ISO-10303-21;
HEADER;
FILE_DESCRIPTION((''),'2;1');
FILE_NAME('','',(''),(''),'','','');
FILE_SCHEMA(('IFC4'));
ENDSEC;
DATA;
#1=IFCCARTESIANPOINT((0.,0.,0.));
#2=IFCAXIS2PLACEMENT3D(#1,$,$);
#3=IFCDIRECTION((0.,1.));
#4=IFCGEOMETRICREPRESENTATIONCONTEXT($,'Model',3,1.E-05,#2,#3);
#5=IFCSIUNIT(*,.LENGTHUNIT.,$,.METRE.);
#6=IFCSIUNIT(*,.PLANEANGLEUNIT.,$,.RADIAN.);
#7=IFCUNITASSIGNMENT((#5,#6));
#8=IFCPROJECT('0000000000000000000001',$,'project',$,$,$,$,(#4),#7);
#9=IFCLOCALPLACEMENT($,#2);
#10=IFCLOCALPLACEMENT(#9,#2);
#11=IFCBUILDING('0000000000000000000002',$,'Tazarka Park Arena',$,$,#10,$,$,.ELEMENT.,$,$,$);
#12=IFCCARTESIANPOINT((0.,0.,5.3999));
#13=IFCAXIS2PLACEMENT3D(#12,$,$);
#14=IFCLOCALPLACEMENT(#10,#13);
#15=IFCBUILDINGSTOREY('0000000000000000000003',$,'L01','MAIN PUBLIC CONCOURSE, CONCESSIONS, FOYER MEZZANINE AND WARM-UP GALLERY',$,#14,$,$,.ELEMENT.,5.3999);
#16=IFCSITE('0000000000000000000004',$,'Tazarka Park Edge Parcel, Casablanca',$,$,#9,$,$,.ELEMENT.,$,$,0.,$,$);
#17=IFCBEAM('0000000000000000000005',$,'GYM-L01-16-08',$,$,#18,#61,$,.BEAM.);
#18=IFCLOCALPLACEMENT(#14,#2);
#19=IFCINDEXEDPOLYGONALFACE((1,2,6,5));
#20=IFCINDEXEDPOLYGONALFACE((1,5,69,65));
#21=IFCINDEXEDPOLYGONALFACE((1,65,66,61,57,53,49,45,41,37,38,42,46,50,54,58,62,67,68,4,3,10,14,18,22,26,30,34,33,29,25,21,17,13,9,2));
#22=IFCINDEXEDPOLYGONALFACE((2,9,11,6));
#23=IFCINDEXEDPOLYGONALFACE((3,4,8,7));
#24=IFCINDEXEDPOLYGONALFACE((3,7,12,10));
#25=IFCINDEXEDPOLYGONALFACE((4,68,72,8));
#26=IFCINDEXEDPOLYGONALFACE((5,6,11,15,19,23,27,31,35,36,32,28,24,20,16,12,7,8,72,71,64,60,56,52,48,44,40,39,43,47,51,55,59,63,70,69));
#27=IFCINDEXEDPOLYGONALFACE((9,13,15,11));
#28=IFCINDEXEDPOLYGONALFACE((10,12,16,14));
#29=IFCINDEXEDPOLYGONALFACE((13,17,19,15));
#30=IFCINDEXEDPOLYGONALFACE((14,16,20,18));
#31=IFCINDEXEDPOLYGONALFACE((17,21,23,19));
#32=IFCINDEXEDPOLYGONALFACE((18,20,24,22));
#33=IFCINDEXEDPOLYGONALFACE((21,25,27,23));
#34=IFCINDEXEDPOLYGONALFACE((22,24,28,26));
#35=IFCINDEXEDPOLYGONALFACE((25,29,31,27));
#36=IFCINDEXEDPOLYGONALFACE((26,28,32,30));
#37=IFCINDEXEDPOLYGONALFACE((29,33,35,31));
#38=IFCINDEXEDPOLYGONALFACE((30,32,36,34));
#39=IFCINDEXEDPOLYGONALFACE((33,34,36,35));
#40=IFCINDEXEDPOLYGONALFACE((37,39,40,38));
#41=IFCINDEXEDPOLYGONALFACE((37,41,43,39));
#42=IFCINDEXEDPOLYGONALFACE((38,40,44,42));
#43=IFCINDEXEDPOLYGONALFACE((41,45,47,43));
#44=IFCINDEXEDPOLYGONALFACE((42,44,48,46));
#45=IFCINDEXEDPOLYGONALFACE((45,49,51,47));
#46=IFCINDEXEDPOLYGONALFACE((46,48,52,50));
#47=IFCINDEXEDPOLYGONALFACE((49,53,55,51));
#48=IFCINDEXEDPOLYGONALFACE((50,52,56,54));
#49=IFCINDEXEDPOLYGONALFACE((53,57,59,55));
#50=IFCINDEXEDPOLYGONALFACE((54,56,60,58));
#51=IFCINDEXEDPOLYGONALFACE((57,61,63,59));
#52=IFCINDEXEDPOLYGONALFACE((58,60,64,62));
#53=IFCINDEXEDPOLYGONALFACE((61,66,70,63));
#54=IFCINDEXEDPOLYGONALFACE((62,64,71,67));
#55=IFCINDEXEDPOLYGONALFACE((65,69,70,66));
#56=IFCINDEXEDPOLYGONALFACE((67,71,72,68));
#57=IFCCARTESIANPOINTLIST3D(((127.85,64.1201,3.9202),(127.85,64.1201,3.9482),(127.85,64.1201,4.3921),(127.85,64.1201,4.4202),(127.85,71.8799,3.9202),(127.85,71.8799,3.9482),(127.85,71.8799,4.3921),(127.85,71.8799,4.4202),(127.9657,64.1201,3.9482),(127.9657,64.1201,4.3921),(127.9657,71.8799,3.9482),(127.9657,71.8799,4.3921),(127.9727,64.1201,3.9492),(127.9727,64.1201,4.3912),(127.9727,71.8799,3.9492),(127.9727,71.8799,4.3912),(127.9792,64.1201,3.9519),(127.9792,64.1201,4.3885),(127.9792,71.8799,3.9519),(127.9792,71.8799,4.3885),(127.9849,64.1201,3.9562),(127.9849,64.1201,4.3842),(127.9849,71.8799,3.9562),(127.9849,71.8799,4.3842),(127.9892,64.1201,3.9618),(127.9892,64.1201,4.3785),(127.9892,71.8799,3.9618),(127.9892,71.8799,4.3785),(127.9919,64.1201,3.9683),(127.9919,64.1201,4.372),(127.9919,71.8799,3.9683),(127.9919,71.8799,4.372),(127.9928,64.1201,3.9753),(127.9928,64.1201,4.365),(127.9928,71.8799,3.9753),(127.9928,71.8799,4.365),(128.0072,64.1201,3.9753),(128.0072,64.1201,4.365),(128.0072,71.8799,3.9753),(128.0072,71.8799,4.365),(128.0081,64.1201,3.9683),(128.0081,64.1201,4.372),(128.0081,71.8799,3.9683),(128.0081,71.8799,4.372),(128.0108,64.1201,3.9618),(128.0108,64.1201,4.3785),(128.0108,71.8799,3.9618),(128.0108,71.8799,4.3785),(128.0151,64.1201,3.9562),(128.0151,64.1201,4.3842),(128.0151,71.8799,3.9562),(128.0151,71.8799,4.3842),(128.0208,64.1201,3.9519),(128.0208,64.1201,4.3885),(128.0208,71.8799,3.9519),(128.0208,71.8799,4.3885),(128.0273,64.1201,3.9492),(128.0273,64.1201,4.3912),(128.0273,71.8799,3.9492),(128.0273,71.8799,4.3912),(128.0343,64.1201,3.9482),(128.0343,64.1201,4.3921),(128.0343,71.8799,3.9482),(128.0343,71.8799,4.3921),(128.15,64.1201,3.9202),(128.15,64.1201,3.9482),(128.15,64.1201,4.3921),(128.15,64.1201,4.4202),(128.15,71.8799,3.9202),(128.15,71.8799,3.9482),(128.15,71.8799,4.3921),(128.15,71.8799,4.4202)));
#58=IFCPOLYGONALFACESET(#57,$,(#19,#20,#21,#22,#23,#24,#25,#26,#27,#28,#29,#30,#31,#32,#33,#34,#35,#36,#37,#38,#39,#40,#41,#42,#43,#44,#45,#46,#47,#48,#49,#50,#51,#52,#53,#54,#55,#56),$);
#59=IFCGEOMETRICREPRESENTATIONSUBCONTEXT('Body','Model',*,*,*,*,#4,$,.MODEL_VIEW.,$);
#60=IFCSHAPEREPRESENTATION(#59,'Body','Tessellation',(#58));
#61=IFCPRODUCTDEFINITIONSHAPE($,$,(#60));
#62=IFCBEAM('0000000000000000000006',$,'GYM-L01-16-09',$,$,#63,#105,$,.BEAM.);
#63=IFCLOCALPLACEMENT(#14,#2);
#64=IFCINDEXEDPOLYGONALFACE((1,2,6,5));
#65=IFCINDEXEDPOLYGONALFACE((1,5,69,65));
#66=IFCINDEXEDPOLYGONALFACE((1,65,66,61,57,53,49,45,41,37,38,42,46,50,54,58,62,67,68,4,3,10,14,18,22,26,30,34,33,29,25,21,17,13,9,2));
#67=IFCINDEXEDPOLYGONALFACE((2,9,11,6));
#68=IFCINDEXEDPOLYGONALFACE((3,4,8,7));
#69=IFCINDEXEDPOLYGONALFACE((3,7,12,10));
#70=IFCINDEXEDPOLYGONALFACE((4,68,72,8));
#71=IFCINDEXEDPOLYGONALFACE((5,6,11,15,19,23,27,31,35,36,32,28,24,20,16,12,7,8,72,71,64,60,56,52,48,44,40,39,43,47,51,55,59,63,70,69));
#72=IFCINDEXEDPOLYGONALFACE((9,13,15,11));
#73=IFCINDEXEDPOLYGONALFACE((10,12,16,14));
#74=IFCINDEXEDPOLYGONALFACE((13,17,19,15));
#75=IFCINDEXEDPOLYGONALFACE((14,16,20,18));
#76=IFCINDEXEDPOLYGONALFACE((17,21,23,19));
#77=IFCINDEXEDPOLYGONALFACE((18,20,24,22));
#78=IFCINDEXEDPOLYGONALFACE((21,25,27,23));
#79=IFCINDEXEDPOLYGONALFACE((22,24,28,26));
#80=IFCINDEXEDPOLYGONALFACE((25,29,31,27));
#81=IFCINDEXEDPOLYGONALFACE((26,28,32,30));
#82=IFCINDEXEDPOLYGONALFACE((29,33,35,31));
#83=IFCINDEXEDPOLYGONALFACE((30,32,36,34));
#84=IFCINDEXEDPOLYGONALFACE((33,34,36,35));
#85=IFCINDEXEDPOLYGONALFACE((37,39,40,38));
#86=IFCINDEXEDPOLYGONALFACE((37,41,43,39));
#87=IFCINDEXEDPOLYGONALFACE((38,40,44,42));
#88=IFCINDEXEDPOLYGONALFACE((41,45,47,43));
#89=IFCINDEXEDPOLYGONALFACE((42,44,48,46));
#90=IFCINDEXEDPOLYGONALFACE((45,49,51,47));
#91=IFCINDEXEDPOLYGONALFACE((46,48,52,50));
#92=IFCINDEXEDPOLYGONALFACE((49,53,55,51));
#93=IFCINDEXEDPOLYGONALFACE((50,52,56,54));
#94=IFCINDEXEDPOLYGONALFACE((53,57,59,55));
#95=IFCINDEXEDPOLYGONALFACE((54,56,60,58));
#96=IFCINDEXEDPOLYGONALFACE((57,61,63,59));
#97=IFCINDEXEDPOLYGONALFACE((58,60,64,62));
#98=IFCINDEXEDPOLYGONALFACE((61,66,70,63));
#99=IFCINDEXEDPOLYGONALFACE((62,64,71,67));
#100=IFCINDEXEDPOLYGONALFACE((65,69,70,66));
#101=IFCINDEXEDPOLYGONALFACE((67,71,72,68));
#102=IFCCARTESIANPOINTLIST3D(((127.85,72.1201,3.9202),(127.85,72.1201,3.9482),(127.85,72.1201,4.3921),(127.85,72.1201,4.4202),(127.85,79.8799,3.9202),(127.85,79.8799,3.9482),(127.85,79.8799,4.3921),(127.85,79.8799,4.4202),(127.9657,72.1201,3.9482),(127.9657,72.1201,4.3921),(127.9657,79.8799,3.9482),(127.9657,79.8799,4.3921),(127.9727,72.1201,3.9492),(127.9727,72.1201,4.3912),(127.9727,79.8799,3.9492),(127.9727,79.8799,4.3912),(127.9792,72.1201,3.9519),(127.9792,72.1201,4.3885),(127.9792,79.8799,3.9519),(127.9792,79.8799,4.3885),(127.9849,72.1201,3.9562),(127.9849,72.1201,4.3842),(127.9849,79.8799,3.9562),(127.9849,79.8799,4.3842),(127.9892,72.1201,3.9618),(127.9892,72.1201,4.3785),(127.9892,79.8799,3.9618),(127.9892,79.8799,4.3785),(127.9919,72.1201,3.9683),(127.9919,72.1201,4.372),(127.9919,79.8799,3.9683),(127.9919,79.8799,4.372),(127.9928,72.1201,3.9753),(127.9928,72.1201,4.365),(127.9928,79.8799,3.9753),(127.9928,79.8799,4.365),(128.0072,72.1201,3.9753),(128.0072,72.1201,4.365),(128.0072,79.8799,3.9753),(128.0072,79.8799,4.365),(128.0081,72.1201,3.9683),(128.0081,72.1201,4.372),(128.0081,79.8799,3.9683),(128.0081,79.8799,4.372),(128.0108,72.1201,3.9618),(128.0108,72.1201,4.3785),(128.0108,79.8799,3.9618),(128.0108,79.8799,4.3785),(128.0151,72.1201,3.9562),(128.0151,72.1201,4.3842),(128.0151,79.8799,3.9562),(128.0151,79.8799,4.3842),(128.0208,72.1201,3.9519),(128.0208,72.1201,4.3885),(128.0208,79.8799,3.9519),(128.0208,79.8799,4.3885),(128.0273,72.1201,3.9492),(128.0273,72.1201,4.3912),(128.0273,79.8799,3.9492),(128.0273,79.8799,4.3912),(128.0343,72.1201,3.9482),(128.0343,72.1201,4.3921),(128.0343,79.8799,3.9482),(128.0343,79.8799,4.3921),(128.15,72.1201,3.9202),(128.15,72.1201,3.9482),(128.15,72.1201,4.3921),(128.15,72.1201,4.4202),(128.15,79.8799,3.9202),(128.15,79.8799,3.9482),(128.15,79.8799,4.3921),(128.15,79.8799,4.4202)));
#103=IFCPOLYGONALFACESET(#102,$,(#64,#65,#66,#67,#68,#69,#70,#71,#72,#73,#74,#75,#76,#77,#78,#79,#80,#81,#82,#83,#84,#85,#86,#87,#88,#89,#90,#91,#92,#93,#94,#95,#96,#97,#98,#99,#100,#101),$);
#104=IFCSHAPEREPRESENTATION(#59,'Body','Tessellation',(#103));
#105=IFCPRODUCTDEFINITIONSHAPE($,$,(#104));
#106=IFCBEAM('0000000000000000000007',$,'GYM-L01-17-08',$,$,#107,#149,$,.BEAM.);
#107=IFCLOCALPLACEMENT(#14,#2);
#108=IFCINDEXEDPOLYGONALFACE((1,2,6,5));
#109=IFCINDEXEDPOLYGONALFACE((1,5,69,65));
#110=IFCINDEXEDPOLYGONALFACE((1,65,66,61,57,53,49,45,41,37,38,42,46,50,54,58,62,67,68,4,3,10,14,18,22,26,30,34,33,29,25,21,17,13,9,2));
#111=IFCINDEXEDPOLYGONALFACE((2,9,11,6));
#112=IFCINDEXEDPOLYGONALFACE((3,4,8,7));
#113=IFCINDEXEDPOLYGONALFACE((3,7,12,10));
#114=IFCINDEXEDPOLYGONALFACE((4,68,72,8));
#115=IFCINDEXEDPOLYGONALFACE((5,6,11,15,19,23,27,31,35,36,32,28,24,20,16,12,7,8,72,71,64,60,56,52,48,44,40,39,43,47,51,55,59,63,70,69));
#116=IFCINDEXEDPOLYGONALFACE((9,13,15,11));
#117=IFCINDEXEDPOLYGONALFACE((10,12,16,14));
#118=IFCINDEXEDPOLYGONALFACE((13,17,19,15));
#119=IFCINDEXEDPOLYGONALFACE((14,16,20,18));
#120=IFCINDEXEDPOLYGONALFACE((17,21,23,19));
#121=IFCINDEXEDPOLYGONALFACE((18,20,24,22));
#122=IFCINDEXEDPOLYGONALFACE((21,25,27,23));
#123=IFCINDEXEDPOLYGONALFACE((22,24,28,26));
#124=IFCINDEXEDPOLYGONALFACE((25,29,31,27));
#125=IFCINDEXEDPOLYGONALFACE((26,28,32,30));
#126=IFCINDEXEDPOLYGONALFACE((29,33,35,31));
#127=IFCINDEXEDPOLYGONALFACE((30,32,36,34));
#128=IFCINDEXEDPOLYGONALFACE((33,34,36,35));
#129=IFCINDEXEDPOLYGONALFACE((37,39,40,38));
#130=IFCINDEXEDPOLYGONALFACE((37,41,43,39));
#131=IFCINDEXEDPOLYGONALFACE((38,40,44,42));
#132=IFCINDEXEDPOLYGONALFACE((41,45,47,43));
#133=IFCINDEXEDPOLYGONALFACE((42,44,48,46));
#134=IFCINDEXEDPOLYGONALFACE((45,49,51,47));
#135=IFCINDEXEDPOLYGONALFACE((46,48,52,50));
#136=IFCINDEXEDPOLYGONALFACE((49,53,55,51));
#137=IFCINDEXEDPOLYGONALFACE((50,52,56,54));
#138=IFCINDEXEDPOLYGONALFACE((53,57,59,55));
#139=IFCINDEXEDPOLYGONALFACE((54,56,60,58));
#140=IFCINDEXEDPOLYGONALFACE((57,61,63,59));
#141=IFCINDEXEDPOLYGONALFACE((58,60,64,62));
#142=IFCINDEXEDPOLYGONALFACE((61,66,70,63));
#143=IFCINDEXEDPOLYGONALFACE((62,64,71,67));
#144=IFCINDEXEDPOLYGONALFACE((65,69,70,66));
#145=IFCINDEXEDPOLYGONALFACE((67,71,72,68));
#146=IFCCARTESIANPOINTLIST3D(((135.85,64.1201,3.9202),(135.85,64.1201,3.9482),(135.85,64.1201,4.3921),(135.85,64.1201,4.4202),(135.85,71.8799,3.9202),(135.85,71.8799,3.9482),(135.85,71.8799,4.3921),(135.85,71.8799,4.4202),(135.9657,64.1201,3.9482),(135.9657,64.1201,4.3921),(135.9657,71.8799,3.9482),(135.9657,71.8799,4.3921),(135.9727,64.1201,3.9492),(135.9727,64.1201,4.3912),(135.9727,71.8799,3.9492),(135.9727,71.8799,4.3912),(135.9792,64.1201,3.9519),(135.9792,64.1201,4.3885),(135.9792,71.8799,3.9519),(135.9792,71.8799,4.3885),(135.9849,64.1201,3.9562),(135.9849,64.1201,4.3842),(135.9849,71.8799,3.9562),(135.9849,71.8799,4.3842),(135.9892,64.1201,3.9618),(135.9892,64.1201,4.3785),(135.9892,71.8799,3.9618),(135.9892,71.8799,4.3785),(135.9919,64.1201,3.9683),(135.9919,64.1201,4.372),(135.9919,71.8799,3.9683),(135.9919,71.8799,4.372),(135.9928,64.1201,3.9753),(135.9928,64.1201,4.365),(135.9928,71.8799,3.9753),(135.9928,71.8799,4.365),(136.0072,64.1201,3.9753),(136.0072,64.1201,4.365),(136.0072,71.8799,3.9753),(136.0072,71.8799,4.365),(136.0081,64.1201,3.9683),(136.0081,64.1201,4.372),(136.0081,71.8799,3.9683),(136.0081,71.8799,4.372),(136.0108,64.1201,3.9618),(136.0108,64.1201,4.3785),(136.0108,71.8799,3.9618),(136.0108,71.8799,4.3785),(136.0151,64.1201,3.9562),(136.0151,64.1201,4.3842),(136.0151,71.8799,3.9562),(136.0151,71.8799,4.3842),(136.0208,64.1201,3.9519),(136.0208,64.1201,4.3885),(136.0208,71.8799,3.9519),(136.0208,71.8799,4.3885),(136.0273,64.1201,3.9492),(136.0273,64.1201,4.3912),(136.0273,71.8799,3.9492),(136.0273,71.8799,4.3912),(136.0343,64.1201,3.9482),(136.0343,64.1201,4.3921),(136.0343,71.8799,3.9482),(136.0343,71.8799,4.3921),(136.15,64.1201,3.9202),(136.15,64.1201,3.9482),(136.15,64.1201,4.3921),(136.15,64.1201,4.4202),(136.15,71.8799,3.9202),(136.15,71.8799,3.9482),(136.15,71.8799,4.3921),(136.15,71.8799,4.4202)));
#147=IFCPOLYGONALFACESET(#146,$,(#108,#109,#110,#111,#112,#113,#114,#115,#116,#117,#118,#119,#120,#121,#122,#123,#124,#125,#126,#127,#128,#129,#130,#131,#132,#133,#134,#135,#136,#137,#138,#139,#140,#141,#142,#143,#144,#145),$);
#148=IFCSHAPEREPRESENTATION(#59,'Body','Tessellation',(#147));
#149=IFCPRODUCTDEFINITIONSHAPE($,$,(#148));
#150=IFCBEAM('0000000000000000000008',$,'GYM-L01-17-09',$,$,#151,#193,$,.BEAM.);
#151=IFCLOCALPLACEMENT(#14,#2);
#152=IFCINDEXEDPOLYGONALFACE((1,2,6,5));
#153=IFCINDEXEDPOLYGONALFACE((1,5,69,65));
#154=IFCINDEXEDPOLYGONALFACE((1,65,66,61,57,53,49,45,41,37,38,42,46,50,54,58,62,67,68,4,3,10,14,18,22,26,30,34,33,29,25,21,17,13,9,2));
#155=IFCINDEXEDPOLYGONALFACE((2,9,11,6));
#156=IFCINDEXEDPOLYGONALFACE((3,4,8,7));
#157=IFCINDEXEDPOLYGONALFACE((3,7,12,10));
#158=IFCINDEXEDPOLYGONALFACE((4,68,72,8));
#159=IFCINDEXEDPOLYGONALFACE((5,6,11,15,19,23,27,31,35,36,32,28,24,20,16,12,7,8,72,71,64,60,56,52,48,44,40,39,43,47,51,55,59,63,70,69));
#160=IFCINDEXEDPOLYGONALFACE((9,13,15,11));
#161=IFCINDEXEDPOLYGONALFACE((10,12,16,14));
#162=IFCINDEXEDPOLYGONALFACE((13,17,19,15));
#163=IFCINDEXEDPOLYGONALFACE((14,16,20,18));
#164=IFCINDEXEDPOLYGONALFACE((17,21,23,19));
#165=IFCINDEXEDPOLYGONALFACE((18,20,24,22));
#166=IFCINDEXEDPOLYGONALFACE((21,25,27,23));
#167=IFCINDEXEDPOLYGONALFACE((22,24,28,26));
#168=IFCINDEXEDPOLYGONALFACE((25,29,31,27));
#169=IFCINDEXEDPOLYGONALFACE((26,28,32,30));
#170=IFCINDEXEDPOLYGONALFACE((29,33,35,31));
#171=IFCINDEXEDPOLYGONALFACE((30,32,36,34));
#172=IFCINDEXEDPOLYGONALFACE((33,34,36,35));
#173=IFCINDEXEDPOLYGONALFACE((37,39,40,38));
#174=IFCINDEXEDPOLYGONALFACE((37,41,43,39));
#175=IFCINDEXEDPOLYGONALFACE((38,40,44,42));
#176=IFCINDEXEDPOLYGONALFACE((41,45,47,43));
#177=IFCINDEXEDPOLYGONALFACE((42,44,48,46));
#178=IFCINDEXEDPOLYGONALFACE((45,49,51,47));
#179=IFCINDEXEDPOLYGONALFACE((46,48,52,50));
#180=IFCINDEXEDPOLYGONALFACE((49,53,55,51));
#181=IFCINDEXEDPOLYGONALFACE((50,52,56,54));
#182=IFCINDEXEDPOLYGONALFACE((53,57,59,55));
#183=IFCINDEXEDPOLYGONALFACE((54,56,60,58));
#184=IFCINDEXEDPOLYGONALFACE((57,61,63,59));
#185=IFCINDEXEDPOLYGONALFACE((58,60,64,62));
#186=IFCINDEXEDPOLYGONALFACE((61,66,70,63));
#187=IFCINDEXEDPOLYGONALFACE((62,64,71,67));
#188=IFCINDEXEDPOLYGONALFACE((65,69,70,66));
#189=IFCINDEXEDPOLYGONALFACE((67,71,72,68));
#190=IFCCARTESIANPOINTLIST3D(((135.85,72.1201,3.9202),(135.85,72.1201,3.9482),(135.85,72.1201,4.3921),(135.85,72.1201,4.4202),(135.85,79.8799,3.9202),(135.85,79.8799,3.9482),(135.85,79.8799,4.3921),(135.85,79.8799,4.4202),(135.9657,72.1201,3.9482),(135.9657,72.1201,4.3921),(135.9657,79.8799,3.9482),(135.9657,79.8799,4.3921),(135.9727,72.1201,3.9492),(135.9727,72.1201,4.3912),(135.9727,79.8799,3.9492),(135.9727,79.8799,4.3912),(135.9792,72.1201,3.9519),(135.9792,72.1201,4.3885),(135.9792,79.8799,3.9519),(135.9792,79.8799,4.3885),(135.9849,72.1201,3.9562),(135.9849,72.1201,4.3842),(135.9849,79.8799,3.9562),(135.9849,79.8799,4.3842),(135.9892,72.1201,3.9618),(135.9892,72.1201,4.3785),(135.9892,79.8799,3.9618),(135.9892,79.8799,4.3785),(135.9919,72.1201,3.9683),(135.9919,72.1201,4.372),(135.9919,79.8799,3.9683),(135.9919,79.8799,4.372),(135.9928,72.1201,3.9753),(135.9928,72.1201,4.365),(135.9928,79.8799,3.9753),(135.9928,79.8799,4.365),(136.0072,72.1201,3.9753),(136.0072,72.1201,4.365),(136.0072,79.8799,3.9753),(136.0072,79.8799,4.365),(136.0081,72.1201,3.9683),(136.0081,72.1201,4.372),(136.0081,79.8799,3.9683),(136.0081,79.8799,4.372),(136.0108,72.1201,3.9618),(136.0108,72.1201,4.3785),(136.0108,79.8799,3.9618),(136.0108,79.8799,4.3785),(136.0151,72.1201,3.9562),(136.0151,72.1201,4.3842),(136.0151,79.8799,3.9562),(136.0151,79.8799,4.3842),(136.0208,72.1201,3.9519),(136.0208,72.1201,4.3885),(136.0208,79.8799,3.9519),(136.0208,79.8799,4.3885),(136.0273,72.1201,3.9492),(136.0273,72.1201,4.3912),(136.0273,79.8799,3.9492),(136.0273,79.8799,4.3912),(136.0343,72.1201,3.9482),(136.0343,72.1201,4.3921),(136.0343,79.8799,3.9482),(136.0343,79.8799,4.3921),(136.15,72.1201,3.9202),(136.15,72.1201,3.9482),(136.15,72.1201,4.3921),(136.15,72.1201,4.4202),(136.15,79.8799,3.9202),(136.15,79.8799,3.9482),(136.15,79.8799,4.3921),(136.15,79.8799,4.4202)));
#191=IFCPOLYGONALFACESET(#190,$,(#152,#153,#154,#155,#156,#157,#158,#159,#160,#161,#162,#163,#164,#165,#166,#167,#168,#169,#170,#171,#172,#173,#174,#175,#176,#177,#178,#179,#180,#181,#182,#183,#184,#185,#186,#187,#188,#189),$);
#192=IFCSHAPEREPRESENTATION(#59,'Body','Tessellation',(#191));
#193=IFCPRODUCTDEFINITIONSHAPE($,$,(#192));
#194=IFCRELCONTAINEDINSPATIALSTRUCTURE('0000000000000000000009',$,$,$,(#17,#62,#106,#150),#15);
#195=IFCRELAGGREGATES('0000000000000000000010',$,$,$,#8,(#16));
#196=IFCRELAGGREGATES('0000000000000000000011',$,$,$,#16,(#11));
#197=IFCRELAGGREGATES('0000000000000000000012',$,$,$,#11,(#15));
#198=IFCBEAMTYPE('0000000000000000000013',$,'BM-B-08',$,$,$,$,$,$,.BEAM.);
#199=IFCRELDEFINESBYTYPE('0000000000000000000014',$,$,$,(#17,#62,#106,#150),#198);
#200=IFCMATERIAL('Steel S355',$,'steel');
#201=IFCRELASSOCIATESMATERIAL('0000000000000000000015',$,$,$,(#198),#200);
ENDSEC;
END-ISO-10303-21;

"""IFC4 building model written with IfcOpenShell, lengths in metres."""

from ifc_helpers import new_model, si_unit, direction, frame, origin, origin_2d, place, context, subcontext, project, spatial, i_section, extrude, material, material_profile, profile_set, type_object, element, save


model = new_model("IFC4")

# Units and contexts
model_context = context("Model", 3, precision=1e-05, world=origin(), true_north=direction((0.0, 1.0)))
body_context = subcontext(model_context, "Body", "Model", "MODEL_VIEW")
ifc_project = project(units=[si_unit("LENGTHUNIT", "METRE"), si_unit("PLANEANGLEUNIT", "RADIAN")], contexts=[model_context])

# Site, building, storey
site_placement = place(None, origin())
site = spatial("IfcSite", under=ifc_project, at=site_placement, Name="Tazarka Park Edge Parcel, Casablanca", CompositionType="ELEMENT", RefElevation=0.0)
building_placement = place(site_placement, origin())
building = spatial("IfcBuilding", under=site, at=building_placement, Name="Tazarka Park Arena", CompositionType="ELEMENT")
storey_placement = place(building_placement, frame((0.0, 0.0, 5.3999)))
storey = spatial("IfcBuildingStorey", under=building, at=storey_placement, Name="L01", Description="MAIN PUBLIC CONCOURSE, CONCESSIONS, FOYER MEZZANINE AND WARM-UP GALLERY", CompositionType="ELEMENT", Elevation=5.3999)

# Beams
ifc_material_1 = material(Name="Steel S355", Category="steel")
ifc_material_profile_1 = material_profile(ifc_material_1, i_section(OverallWidth=0.3, OverallDepth=0.5, WebThickness=0.0144, FlangeThickness=0.0281, FilletRadius=0.0271, at=origin_2d()), Name="Steel S355")
ifc_profile_set_1 = profile_set([ifc_material_profile_1], Name="Steel S355")
beam_type_1 = type_object("IfcBeamType", Name="BM-B-08", PredefinedType="BEAM", material=ifc_profile_set_1)
for number, where, z_axis, x_axis, name in (
    (1, (128.0, 64.1201, 4.1702), (0.0, 1.0, 0.0), (-1.0, 0.0, 0.0), "GYM-L01-16-08"),
    (2, (128.0, 72.1201, 4.1702), (0.0, 1.0, 0.0), (-1.0, 0.0, 0.0), "GYM-L01-16-09"),
    (3, (136.0, 64.1201, 4.1702), (0.0, 1.0, 0.0), (-1.0, 0.0, 0.0), "GYM-L01-17-08"),
    (4, (136.0, 72.1201, 4.1702), (0.0, 1.0, 0.0), (-1.0, 0.0, 0.0), "GYM-L01-17-09"),
):
    element("IfcBeam", number, at=place(storey_placement, frame(where, z_axis=z_axis, x_axis=x_axis)), inside=storey, type_object=beam_type_1, Name=name, PredefinedType="BEAM", context=body_context, shape_type="SweptSolid", body=[
        extrude(i_section(OverallWidth=0.3, OverallDepth=0.5, WebThickness=0.0144, FlangeThickness=0.0281, FilletRadius=0.0271, at=origin_2d()), origin(), (0.0, 0.0, 1.0), 7.7598),
    ])

save(model, "model.ifc")
